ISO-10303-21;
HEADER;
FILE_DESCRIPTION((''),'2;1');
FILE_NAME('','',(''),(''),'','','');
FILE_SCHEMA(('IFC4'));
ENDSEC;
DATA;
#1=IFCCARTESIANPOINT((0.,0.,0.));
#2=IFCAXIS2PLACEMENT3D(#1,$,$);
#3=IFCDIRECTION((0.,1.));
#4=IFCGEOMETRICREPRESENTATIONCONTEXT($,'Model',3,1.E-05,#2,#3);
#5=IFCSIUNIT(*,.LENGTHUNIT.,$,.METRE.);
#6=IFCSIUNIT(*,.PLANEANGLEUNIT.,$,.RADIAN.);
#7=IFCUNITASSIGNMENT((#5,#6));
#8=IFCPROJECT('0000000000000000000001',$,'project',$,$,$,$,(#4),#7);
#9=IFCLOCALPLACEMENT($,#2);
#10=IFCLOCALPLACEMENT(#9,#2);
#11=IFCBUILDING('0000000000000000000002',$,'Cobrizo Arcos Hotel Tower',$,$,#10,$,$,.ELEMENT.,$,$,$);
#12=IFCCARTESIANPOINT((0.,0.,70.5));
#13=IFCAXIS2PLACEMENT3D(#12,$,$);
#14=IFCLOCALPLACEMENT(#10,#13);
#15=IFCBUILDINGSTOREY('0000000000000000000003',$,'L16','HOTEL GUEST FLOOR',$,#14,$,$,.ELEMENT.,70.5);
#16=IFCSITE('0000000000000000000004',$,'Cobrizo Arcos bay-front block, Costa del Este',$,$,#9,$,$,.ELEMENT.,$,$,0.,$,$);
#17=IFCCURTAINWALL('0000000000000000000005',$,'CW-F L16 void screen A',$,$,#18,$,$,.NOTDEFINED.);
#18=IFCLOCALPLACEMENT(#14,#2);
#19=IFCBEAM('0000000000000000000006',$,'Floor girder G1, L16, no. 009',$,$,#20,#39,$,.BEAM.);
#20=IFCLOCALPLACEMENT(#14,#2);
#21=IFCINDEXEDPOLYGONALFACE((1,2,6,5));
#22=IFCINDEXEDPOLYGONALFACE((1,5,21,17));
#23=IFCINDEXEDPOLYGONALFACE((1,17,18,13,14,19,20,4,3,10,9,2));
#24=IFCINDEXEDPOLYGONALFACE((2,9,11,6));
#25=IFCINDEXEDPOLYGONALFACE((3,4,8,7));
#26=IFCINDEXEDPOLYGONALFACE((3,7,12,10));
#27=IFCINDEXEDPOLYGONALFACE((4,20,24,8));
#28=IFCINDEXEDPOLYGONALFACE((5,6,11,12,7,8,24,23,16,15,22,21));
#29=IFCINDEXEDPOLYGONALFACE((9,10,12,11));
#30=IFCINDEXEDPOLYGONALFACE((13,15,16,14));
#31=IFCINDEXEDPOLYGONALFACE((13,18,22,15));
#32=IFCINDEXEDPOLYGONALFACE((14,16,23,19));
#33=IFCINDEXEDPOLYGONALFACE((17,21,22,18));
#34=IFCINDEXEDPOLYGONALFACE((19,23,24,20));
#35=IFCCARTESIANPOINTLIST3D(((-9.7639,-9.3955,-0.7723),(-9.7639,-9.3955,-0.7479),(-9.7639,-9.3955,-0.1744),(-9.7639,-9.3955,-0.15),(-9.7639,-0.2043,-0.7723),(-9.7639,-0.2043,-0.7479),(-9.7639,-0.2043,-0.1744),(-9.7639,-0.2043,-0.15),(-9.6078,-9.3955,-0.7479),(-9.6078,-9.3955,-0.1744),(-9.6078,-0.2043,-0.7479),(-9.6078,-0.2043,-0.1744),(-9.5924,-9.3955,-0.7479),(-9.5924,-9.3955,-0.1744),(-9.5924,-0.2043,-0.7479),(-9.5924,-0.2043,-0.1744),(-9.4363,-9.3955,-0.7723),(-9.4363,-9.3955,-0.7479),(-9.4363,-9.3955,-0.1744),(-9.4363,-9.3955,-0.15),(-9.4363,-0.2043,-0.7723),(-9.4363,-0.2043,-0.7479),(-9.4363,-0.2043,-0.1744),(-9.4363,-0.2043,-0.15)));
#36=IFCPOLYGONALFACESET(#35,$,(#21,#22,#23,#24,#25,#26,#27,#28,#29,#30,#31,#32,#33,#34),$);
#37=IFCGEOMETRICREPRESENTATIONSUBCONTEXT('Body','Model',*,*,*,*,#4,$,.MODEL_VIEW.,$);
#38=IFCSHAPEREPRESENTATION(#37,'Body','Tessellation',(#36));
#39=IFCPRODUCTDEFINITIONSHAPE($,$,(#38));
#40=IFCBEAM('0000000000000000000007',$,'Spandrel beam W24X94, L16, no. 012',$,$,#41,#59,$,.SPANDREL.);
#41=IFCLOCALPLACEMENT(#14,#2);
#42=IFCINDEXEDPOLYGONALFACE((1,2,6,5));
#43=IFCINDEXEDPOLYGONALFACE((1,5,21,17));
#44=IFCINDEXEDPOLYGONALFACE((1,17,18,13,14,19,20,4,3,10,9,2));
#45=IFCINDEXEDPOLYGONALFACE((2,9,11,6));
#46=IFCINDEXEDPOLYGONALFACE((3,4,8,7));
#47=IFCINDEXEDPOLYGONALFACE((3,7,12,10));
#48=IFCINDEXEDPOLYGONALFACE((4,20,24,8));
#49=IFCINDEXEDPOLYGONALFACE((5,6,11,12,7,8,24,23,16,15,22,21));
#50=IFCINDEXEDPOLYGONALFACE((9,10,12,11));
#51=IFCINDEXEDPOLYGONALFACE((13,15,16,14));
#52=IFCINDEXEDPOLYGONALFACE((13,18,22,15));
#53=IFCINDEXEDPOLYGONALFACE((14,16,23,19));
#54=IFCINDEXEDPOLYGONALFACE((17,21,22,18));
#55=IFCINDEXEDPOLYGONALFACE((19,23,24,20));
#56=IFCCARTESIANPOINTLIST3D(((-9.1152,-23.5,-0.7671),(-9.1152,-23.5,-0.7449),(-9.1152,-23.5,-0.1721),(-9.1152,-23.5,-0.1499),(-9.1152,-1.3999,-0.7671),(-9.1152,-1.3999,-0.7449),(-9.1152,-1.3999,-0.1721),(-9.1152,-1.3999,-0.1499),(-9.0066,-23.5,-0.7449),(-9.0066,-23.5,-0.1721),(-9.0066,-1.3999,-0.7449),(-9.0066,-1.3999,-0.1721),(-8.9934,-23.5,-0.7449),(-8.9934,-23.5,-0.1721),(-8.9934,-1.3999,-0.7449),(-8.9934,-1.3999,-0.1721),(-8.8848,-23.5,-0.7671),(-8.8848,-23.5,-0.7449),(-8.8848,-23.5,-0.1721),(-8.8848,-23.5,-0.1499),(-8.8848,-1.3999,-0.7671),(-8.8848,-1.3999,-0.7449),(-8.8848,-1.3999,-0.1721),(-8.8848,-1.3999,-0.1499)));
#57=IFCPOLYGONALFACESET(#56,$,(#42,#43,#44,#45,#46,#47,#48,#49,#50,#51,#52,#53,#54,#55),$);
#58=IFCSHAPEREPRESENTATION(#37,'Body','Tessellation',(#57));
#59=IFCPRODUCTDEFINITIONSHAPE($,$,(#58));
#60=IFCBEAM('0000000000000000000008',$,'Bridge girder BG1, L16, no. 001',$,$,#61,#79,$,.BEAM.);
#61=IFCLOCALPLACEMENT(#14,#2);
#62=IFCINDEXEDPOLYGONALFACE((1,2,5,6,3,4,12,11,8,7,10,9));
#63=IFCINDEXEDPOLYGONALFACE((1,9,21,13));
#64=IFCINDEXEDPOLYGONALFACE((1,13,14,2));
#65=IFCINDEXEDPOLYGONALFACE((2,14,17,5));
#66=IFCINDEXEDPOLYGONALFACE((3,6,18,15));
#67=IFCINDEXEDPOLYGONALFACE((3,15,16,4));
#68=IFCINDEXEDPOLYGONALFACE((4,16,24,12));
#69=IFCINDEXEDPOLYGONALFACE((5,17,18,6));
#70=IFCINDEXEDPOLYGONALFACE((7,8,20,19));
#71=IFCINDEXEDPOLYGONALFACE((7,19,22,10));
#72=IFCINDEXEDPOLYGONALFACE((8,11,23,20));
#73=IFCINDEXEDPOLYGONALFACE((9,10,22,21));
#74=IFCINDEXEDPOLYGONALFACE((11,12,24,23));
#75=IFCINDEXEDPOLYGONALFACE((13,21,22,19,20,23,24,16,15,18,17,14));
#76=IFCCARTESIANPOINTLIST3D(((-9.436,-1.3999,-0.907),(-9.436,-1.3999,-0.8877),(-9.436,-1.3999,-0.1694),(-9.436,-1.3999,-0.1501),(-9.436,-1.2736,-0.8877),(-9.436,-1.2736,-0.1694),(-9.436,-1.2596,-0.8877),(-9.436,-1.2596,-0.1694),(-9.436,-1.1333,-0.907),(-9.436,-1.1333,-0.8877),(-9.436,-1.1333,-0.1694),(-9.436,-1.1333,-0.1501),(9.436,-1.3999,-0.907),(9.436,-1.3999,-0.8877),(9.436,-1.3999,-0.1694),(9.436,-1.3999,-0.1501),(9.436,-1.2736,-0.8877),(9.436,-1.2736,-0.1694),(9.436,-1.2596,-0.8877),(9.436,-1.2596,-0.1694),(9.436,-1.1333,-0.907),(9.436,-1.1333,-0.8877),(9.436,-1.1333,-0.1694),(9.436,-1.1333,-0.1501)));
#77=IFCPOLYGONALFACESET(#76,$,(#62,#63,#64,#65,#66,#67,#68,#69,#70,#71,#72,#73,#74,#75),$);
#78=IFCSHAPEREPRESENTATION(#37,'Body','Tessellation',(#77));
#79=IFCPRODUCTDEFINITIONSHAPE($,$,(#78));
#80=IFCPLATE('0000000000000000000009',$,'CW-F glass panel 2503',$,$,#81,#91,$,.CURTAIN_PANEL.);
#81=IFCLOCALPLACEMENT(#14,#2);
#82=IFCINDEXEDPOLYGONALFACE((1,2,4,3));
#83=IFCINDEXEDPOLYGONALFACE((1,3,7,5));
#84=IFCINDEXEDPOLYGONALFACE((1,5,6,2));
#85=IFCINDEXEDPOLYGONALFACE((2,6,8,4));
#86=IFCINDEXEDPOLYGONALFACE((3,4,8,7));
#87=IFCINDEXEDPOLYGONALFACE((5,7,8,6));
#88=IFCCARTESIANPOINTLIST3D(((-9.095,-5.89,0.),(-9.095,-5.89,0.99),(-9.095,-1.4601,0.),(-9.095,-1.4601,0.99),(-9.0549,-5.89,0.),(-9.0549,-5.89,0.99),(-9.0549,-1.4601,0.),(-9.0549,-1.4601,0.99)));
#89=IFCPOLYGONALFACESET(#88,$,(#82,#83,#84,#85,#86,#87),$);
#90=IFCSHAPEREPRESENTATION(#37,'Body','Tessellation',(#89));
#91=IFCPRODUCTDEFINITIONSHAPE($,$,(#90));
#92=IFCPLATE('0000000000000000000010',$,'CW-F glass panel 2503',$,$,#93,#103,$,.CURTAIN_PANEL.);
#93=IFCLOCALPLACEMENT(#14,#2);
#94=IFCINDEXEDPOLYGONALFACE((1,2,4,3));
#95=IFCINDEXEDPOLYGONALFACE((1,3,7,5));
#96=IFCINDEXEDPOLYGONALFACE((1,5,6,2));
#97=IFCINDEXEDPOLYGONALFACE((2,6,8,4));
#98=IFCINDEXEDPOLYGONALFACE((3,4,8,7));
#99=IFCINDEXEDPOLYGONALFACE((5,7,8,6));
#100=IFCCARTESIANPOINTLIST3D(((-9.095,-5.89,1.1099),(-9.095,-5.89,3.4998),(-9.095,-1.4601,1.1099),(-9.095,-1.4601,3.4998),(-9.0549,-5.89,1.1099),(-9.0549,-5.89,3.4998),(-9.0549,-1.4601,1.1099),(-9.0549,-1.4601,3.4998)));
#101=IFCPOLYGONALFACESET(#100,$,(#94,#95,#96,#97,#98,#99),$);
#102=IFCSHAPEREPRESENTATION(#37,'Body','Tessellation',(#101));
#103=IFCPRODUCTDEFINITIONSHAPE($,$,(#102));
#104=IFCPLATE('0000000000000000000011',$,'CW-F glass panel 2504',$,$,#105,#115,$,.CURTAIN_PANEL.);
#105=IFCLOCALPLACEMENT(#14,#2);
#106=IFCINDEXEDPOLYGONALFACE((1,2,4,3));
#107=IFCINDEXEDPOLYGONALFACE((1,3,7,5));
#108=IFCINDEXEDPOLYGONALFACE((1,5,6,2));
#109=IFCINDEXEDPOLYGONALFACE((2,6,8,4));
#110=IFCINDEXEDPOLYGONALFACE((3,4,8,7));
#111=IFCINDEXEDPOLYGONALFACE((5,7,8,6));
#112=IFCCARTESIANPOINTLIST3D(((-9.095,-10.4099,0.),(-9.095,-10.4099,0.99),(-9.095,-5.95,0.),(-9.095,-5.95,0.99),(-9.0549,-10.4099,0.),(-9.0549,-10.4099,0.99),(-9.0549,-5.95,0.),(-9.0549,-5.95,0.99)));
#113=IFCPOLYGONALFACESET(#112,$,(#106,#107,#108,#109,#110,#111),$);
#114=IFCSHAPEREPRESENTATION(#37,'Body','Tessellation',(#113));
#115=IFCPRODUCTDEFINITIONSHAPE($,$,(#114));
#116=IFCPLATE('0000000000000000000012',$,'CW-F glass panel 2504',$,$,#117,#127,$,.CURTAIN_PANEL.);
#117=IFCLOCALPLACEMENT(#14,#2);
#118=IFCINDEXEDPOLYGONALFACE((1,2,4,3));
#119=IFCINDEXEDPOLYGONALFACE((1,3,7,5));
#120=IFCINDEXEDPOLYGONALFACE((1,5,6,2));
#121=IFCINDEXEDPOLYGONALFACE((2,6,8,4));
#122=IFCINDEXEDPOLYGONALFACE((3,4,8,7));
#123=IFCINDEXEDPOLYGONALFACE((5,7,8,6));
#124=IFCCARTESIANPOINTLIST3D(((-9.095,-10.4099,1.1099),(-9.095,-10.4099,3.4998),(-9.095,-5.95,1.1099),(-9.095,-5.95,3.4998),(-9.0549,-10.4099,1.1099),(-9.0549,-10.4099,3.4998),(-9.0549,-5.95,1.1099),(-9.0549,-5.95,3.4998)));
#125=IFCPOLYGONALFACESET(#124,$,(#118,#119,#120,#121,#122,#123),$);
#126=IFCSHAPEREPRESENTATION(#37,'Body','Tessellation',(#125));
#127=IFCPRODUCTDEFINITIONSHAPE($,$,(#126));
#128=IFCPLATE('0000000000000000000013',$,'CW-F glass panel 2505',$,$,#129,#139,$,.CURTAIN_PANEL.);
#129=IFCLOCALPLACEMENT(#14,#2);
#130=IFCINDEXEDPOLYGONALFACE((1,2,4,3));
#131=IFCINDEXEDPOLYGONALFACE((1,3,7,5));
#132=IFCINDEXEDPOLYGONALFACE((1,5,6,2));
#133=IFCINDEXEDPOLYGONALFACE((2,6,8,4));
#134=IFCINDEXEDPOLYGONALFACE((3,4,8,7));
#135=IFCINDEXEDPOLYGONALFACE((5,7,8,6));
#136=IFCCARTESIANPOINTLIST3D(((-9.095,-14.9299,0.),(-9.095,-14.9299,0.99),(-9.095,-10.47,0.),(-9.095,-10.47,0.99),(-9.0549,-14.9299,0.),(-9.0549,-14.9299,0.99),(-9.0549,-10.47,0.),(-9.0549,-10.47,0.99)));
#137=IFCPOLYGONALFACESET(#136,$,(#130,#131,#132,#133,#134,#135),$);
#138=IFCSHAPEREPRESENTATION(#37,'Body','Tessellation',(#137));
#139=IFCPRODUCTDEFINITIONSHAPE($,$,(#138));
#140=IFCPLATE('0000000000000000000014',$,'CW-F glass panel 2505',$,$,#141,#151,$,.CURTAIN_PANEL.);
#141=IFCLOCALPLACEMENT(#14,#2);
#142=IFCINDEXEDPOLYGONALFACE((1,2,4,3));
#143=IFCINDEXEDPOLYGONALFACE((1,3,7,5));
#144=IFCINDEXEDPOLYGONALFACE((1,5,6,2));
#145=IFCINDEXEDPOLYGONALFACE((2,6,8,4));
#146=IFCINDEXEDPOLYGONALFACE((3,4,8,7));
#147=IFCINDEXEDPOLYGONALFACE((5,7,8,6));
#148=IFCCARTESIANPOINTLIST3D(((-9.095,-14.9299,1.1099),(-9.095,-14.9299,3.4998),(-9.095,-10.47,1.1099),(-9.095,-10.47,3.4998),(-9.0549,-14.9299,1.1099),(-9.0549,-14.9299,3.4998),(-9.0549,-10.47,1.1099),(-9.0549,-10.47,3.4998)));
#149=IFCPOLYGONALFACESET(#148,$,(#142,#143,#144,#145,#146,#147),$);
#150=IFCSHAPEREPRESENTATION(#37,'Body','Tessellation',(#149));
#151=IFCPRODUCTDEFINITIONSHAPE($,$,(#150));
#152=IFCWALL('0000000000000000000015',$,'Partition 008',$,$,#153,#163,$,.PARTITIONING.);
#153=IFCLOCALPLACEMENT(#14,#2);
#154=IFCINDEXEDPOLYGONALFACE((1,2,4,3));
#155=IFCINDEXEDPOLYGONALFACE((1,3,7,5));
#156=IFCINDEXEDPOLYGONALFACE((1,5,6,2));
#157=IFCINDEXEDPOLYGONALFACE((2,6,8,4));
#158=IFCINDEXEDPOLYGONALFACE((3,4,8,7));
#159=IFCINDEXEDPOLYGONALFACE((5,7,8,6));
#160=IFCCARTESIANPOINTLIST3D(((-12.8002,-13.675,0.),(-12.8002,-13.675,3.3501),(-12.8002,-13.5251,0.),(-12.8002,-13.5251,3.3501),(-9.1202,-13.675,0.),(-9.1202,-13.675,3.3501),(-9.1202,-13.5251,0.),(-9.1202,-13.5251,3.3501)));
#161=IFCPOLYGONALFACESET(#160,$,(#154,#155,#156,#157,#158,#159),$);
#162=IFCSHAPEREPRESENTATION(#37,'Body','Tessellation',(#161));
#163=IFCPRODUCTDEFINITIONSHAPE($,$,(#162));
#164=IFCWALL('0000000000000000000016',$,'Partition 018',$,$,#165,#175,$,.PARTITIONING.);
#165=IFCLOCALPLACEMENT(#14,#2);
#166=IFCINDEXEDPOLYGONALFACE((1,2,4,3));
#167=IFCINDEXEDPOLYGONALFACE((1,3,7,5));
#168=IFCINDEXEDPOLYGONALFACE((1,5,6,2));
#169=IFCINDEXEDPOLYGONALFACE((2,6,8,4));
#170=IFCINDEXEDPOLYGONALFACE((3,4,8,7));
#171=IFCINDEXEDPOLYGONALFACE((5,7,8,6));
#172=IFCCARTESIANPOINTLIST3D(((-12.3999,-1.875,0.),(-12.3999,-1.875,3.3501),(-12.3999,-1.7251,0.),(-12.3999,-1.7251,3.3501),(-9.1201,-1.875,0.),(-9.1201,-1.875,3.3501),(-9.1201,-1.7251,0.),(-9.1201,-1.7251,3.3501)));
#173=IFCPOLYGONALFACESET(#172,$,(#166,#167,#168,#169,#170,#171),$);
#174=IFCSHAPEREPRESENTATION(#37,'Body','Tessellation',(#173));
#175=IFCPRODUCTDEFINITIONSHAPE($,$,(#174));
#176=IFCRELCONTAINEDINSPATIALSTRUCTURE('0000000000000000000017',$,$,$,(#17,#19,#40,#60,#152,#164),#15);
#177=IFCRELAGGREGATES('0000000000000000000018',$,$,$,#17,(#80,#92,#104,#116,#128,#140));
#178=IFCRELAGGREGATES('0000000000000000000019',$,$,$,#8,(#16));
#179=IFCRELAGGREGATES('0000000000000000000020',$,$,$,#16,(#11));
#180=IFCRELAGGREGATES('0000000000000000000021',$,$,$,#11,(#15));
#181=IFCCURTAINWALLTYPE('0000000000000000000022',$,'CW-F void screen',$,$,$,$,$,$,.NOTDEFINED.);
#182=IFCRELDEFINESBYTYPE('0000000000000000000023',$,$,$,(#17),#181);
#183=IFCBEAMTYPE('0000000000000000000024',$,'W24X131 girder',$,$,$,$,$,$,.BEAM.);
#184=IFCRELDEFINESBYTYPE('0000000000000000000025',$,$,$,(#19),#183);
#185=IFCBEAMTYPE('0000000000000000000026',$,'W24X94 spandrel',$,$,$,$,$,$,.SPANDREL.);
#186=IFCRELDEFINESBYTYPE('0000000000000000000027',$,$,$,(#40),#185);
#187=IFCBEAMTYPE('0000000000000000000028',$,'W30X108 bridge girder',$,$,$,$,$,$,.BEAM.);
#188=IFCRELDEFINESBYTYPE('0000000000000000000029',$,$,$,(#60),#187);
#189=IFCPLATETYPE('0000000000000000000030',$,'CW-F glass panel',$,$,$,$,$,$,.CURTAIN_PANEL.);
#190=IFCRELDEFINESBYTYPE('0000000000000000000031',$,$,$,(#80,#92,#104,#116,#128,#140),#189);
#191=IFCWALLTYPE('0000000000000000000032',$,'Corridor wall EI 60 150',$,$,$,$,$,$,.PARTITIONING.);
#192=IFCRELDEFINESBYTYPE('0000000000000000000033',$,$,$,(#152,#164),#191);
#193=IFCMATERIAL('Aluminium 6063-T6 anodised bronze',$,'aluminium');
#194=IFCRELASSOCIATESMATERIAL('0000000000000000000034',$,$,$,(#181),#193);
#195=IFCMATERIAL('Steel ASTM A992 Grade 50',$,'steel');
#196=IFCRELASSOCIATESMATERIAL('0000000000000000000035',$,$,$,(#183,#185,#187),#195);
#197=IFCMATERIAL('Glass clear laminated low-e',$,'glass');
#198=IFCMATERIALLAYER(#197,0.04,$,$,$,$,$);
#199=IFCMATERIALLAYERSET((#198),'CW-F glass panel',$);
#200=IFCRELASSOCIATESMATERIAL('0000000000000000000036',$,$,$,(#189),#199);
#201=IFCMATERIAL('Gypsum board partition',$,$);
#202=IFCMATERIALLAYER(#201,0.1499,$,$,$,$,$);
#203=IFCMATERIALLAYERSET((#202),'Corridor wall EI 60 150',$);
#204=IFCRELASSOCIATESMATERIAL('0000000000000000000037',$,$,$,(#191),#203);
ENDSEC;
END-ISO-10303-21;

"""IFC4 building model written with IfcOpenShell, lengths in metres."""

from ifc_helpers import new_model, si_unit, direction, frame, frame_2d, origin, origin_2d, place, context, subcontext, project, spatial, rectangle, i_section, extrude, material, layer, layer_set, material_profile, profile_set, type_object, element, aggregate, save


model = new_model("IFC4")

# Units and contexts
model_context = context("Model", 3, precision=1e-05, world=origin(), true_north=direction((0.0, 1.0)))
body_context = subcontext(model_context, "Body", "Model", "MODEL_VIEW")
ifc_project = project(units=[si_unit("LENGTHUNIT", "METRE"), si_unit("PLANEANGLEUNIT", "RADIAN")], contexts=[model_context])

# Site, building, storey
site_placement = place(None, origin())
site = spatial("IfcSite", under=ifc_project, at=site_placement, Name="Cobrizo Arcos bay-front block, Costa del Este", CompositionType="ELEMENT", RefElevation=0.0)
building_placement = place(site_placement, origin())
building = spatial("IfcBuilding", under=site, at=building_placement, Name="Cobrizo Arcos Hotel Tower", CompositionType="ELEMENT")
storey_placement = place(building_placement, frame((0.0, 0.0, 70.5)))
storey = spatial("IfcBuildingStorey", under=building, at=storey_placement, Name="L16", Description="HOTEL GUEST FLOOR", CompositionType="ELEMENT", Elevation=70.5)

# Shared definitions
ifc_material_1 = material(Name="Steel ASTM A992 Grade 50", Category="steel")

# Curtain wall
ifc_material_2 = material(Name="Aluminium 6063-T6 anodised bronze", Category="aluminium")
curtain_wall_type = type_object("IfcCurtainWallType", Name="CW-F void screen", PredefinedType="NOTDEFINED", material=ifc_material_2)
curtain_wall_placement = place(storey_placement, origin())
curtain_wall = element("IfcCurtainWall", 1, at=curtain_wall_placement, inside=storey, type_object=curtain_wall_type, Name="CW-F L16 void screen A", PredefinedType="NOTDEFINED")

# Beams
ifc_material_profile_1 = material_profile(ifc_material_1, i_section(OverallWidth=0.3276, OverallDepth=0.6223, WebThickness=0.0154, FlangeThickness=0.0244, at=origin_2d()), Name="W24X131")
ifc_profile_set_1 = profile_set([ifc_material_profile_1], Name="Steel ASTM A992 Grade 50")
beam_type_1 = type_object("IfcBeamType", Name="W24X131 girder", PredefinedType="BEAM", material=ifc_profile_set_1)
beam_1_placement = place(storey_placement, frame((-9.6001, -9.3955, -0.4612), z_axis=(0.0, 1.0, 0.0), x_axis=(-1.0, 0.0, 0.0)))
element("IfcBeam", 2, at=beam_1_placement, inside=storey, type_object=beam_type_1, Name="Floor girder G1, L16, no. 009", PredefinedType="BEAM", context=body_context, shape_type="SweptSolid", body=[
    extrude(i_section(OverallWidth=0.3276, OverallDepth=0.6223, WebThickness=0.0154, FlangeThickness=0.0244, at=origin_2d()), origin(), (0.0, 0.0, 1.0), 9.1912),
])
ifc_material_profile_2 = material_profile(ifc_material_1, i_section(OverallWidth=0.2305, OverallDepth=0.6172, WebThickness=0.0132, FlangeThickness=0.0222, at=origin_2d()), Name="W24X94")
ifc_profile_set_2 = profile_set([ifc_material_profile_2], Name="Steel ASTM A992 Grade 50")
beam_type_2 = type_object("IfcBeamType", Name="W24X94 spandrel", PredefinedType="SPANDREL", material=ifc_profile_set_2)
beam_2_placement = place(storey_placement, frame((-9.0, -1.3999, -0.4585), z_axis=(0.0, -1.0, 0.0), x_axis=(1.0, 0.0, 0.0)))
element("IfcBeam", 3, at=beam_2_placement, inside=storey, type_object=beam_type_2, Name="Spandrel beam W24X94, L16, no. 012", PredefinedType="SPANDREL", context=body_context, shape_type="SweptSolid", body=[
    extrude(i_section(OverallWidth=0.2305, OverallDepth=0.6172, WebThickness=0.0132, FlangeThickness=0.0222, at=origin_2d()), origin(), (0.0, 0.0, 1.0), 22.1001),
])
ifc_material_profile_3 = material_profile(ifc_material_1, i_section(OverallWidth=0.2666, OverallDepth=0.7568, WebThickness=0.0139, FlangeThickness=0.0193, at=origin_2d()), Name="W30X108")
ifc_profile_set_3 = profile_set([ifc_material_profile_3], Name="Steel ASTM A992 Grade 50")
beam_type_3 = type_object("IfcBeamType", Name="W30X108 bridge girder", PredefinedType="BEAM", material=ifc_profile_set_3)
beam_3_placement = place(storey_placement, frame((-9.436, -1.2666, -0.5286), z_axis=(1.0, 0.0, 0.0), x_axis=(0.0, 1.0, 0.0)))
element("IfcBeam", 4, at=beam_3_placement, inside=storey, type_object=beam_type_3, Name="Bridge girder BG1, L16, no. 001", PredefinedType="BEAM", context=body_context, shape_type="SweptSolid", body=[
    extrude(i_section(OverallWidth=0.2666, OverallDepth=0.7568, WebThickness=0.0139, FlangeThickness=0.0193, at=origin_2d()), origin(), (0.0, 0.0, 1.0), 18.8721),
])

# Plates
ifc_material_3 = material(Name="Glass clear laminated low-e", Category="glass")
ifc_layer_1 = layer(ifc_material_3, 0.04)
ifc_layer_set_1 = layer_set([ifc_layer_1], Name="CW-F glass panel")
plate_type = type_object("IfcPlateType", Name="CW-F glass panel", PredefinedType="CURTAIN_PANEL", material=ifc_layer_set_1)
plate_1_placement = place(storey_placement, frame((-9.075, -3.675, 0.0), z_axis=(0.0, 0.0, 1.0), x_axis=(0.0, -1.0, 0.0)))
plate_1 = element("IfcPlate", 5, at=plate_1_placement, type_object=plate_type, Name="CW-F glass panel 2503", PredefinedType="CURTAIN_PANEL", context=body_context, shape_type="SweptSolid", body=[
    extrude(rectangle(XDim=4.4299, YDim=0.04, at=origin_2d()), origin(), (0.0, 0.0, 1.0), 0.99),
])
plate_2_placement = place(storey_placement, frame((-9.075, -3.675, 1.1099), z_axis=(0.0, 0.0, 1.0), x_axis=(0.0, -1.0, 0.0)))
plate_2 = element("IfcPlate", 6, at=plate_2_placement, type_object=plate_type, Name="CW-F glass panel 2503", PredefinedType="CURTAIN_PANEL", context=body_context, shape_type="SweptSolid", body=[
    extrude(rectangle(XDim=4.4299, YDim=0.04, at=origin_2d()), origin(), (0.0, 0.0, 1.0), 2.3899),
])
plate_3_placement = place(storey_placement, frame((-9.075, -8.1799, 0.0), z_axis=(0.0, 0.0, 1.0), x_axis=(0.0, -1.0, 0.0)))
plate_3 = element("IfcPlate", 7, at=plate_3_placement, type_object=plate_type, Name="CW-F glass panel 2504", PredefinedType="CURTAIN_PANEL", context=body_context, shape_type="SweptSolid", body=[
    extrude(rectangle(XDim=4.46, YDim=0.04, at=origin_2d()), origin(), (0.0, 0.0, 1.0), 0.99),
])
plate_4_placement = place(storey_placement, frame((-9.075, -8.1799, 1.1099), z_axis=(0.0, 0.0, 1.0), x_axis=(0.0, -1.0, 0.0)))
plate_4 = element("IfcPlate", 8, at=plate_4_placement, type_object=plate_type, Name="CW-F glass panel 2504", PredefinedType="CURTAIN_PANEL", context=body_context, shape_type="SweptSolid", body=[
    extrude(rectangle(XDim=4.46, YDim=0.04, at=origin_2d()), origin(), (0.0, 0.0, 1.0), 2.3899),
])
plate_5_placement = place(storey_placement, frame((-9.075, -12.7, 0.0), z_axis=(0.0, 0.0, 1.0), x_axis=(0.0, -1.0, 0.0)))
plate_5 = element("IfcPlate", 9, at=plate_5_placement, type_object=plate_type, Name="CW-F glass panel 2505", PredefinedType="CURTAIN_PANEL", context=body_context, shape_type="SweptSolid", body=[
    extrude(rectangle(XDim=4.46, YDim=0.04, at=origin_2d()), origin(), (0.0, 0.0, 1.0), 0.99),
])
plate_6_placement = place(storey_placement, frame((-9.075, -12.7, 1.1099), z_axis=(0.0, 0.0, 1.0), x_axis=(0.0, -1.0, 0.0)))
plate_6 = element("IfcPlate", 10, at=plate_6_placement, type_object=plate_type, Name="CW-F glass panel 2505", PredefinedType="CURTAIN_PANEL", context=body_context, shape_type="SweptSolid", body=[
    extrude(rectangle(XDim=4.46, YDim=0.04, at=origin_2d()), origin(), (0.0, 0.0, 1.0), 2.3899),
])
aggregate(curtain_wall, [plate_1, plate_2, plate_3, plate_4, plate_5, plate_6])

# Walls
ifc_material_4 = material(Name="Gypsum board partition")
ifc_layer_2 = layer(ifc_material_4, 0.1499)
ifc_layer_set_2 = layer_set([ifc_layer_2], Name="Corridor wall EI 60 150")
wall_type_1 = type_object("IfcWallType", Name="Corridor wall EI 60 150", PredefinedType="PARTITIONING", material=ifc_layer_set_2)
wall_1_placement = place(storey_placement, frame((-12.8, -13.6001, 0.0), z_axis=(0.0, 0.0, 1.0), x_axis=(1.0, 0.0, 0.0)))
element("IfcWall", 11, at=wall_1_placement, inside=storey, type_object=wall_type_1, Name="Partition 008", PredefinedType="PARTITIONING", context=body_context, shape_type="SweptSolid", body=[
    extrude(rectangle(XDim=3.6799, YDim=0.1499, at=frame_2d((1.8398, 0.0))), origin(), (0.0, 0.0, 1.0), 3.3501),
])
wall_2_placement = place(storey_placement, frame((-12.3999, -1.8, 0.0), z_axis=(0.0, 0.0, 1.0), x_axis=(1.0, 0.0, 0.0)))
element("IfcWall", 12, at=wall_2_placement, inside=storey, type_object=wall_type_1, Name="Partition 018", PredefinedType="PARTITIONING", context=body_context, shape_type="SweptSolid", body=[
    extrude(rectangle(XDim=3.2798, YDim=0.1499, at=frame_2d((1.6399, 0.0))), origin(), (0.0, 0.0, 1.0), 3.3501),
])

save(model, "model.ifc")
